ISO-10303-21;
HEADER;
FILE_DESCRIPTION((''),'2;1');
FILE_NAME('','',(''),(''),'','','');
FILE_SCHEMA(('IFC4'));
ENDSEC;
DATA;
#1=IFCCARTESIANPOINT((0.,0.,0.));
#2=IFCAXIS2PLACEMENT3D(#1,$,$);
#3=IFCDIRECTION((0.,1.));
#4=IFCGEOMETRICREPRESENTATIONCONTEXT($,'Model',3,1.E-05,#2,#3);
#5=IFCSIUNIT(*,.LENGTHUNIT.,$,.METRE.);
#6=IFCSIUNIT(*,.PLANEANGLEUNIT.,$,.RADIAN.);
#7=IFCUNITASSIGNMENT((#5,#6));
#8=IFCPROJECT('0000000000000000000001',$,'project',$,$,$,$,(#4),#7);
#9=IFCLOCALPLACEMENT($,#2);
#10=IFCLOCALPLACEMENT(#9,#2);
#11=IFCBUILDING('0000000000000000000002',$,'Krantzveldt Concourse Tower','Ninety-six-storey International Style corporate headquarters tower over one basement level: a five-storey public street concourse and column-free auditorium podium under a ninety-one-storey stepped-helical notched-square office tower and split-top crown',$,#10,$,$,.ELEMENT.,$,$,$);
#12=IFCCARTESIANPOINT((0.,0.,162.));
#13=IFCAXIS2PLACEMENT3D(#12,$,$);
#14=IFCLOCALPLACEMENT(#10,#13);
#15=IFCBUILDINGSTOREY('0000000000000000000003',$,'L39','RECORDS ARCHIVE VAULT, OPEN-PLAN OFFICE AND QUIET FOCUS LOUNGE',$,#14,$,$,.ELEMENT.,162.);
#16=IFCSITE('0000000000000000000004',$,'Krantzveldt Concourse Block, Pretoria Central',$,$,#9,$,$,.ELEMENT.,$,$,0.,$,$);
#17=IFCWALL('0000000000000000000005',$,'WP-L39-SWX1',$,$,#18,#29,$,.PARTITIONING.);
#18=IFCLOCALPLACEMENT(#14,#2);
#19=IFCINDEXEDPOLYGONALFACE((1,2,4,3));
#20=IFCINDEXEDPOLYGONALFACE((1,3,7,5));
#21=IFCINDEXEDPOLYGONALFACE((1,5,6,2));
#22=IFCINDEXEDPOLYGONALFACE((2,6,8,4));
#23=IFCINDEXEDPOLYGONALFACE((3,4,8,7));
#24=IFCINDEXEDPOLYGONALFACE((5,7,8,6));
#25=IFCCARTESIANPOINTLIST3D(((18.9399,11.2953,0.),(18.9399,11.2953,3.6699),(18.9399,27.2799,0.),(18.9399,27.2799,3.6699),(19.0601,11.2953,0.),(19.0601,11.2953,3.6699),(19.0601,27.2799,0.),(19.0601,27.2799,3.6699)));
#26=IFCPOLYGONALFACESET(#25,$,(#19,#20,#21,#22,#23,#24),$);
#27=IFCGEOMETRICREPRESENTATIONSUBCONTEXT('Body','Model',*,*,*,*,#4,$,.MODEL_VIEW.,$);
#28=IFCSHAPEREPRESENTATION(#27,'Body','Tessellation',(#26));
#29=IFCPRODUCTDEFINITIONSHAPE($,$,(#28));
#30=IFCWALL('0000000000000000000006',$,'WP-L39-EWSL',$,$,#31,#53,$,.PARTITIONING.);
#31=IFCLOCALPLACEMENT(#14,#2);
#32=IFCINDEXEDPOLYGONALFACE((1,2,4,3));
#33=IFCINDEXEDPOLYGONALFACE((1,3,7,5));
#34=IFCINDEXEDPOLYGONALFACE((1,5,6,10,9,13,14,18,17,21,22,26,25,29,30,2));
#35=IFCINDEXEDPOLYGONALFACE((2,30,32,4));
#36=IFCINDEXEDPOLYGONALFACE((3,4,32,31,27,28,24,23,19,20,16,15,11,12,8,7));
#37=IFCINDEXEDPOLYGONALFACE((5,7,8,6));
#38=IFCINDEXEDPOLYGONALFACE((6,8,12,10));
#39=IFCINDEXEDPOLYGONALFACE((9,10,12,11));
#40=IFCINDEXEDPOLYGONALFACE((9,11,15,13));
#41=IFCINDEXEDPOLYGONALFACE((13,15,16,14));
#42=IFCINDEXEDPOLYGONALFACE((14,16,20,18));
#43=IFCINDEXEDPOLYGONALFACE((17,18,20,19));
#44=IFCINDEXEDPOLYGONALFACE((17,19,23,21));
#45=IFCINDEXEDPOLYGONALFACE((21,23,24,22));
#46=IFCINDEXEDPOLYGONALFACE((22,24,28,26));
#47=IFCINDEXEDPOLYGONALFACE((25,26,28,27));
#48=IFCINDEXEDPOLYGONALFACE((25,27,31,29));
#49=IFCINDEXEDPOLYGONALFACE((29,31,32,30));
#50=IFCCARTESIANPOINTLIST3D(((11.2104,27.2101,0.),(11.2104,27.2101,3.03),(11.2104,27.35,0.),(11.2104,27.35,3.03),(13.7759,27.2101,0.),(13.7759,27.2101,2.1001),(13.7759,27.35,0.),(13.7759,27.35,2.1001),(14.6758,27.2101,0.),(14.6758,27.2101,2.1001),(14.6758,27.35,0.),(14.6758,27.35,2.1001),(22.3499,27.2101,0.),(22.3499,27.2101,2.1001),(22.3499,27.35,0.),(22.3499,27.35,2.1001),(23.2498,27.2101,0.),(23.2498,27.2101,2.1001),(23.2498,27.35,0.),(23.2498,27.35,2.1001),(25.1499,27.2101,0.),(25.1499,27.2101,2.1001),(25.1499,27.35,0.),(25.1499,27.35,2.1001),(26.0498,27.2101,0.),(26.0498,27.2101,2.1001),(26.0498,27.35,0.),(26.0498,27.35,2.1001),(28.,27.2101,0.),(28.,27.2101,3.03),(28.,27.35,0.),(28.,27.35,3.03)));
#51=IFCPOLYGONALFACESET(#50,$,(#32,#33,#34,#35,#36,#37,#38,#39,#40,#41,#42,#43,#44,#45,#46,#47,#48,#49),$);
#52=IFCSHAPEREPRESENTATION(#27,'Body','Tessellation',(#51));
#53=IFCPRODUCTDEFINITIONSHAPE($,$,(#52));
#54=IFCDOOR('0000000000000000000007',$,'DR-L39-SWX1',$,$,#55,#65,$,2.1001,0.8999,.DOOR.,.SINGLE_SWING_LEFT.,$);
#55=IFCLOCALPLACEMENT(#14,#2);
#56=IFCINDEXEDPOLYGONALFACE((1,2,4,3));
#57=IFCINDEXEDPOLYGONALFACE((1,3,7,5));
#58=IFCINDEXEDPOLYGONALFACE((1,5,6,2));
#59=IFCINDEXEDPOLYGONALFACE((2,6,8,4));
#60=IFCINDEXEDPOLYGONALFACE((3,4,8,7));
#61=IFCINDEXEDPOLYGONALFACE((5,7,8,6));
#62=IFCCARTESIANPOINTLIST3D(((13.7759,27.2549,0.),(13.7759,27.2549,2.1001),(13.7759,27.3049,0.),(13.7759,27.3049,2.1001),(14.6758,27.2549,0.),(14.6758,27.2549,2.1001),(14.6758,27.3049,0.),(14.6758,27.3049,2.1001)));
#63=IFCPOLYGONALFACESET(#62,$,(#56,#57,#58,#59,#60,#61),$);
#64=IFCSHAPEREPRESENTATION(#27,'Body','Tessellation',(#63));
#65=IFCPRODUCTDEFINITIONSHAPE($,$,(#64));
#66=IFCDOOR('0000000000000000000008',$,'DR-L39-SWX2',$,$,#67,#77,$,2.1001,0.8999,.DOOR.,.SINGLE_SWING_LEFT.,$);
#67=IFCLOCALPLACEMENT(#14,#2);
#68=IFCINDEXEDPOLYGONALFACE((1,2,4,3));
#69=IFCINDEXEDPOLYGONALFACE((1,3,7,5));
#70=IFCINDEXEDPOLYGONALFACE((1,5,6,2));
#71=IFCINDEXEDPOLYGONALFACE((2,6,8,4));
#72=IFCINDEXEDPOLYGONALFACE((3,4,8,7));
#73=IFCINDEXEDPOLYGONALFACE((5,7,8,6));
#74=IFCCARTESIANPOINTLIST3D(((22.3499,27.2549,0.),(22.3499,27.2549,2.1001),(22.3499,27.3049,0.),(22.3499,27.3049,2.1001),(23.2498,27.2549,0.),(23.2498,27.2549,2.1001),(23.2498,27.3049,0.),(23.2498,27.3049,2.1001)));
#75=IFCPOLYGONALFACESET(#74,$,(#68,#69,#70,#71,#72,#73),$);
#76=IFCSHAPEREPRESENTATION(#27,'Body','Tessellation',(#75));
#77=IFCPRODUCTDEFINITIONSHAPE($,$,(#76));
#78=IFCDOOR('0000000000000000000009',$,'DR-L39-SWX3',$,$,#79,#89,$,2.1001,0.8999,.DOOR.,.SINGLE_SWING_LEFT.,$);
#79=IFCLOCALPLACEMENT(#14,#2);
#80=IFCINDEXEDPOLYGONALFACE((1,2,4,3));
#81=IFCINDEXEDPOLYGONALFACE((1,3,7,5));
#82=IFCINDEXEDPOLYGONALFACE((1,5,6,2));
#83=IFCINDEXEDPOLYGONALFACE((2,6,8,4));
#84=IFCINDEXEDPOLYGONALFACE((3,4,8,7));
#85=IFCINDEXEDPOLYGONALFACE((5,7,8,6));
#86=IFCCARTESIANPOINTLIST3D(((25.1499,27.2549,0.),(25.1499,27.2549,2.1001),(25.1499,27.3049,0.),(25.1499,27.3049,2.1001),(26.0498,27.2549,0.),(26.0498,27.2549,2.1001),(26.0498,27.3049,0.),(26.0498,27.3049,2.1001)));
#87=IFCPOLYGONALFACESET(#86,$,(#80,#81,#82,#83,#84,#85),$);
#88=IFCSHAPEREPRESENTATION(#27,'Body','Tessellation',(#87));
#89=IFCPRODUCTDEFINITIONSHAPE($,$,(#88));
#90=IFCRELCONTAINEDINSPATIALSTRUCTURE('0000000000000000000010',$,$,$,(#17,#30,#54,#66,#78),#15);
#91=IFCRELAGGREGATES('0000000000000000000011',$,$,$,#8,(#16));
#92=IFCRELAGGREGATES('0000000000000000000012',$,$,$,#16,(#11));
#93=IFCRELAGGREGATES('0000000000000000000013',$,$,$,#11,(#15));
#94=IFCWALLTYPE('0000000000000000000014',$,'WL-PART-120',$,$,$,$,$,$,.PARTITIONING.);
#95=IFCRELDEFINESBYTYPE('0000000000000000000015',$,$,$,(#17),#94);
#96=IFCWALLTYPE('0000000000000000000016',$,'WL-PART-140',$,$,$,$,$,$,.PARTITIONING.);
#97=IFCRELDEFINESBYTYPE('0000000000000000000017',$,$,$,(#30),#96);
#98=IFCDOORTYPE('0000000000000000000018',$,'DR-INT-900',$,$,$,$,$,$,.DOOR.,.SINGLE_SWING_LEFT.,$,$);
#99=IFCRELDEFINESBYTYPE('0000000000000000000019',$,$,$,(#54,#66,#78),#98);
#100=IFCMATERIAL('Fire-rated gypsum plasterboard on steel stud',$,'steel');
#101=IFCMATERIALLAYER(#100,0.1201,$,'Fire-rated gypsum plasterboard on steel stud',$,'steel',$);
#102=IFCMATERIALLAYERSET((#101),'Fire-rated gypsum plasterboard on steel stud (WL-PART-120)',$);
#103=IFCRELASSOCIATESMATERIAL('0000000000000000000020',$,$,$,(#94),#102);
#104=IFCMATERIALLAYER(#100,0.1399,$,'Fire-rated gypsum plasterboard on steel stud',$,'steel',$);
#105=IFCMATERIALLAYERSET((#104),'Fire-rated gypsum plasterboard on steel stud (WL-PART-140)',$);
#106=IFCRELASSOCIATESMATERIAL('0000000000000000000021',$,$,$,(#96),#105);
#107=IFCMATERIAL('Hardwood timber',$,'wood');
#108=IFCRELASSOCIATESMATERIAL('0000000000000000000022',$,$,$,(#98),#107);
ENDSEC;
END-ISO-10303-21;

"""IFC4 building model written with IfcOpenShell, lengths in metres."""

from ifc_helpers import new_model, si_unit, direction, frame, frame_2d, origin, place, context, subcontext, project, spatial, rectangle, extrude, material, layer, layer_set, type_object, element, fill, save


model = new_model("IFC4")

# Units and contexts
model_context = context("Model", 3, precision=1e-05, world=origin(), true_north=direction((0.0, 1.0)))
body_context = subcontext(model_context, "Body", "Model", "MODEL_VIEW")
ifc_project = project(units=[si_unit("LENGTHUNIT", "METRE"), si_unit("PLANEANGLEUNIT", "RADIAN")], contexts=[model_context])

# Site, building, storey
site_placement = place(None, origin())
site = spatial("IfcSite", under=ifc_project, at=site_placement, Name="Krantzveldt Concourse Block, Pretoria Central", CompositionType="ELEMENT", RefElevation=0.0)
building_placement = place(site_placement, origin())
building = spatial("IfcBuilding", under=site, at=building_placement, Name="Krantzveldt Concourse Tower", Description="Ninety-six-storey International Style corporate headquarters tower over one basement level: a five-storey public street concourse and column-free auditorium podium under a ninety-one-storey stepped-helical notched-square office tower and split-top crown", CompositionType="ELEMENT")
storey_placement = place(building_placement, frame((0.0, 0.0, 162.0)))
storey = spatial("IfcBuildingStorey", under=building, at=storey_placement, Name="L39", Description="RECORDS ARCHIVE VAULT, OPEN-PLAN OFFICE AND QUIET FOCUS LOUNGE", CompositionType="ELEMENT", Elevation=162.0)

# Wall
ifc_material_1 = material(Name="Fire-rated gypsum plasterboard on steel stud", Category="steel")
ifc_layer_1 = layer(ifc_material_1, 0.1201, Name="Fire-rated gypsum plasterboard on steel stud", Category="steel")
ifc_layer_set_1 = layer_set([ifc_layer_1], Name="Fire-rated gypsum plasterboard on steel stud (WL-PART-120)")
wall_type_1 = type_object("IfcWallType", Name="WL-PART-120", PredefinedType="PARTITIONING", material=ifc_layer_set_1)
wall_1_placement = place(storey_placement, frame((19.0, 11.2954, 0.0), z_axis=(0.0, 0.0, 1.0), x_axis=(0.0, 1.0, 0.0)))
element("IfcWall", 1, at=wall_1_placement, inside=storey, type_object=wall_type_1, Name="WP-L39-SWX1", PredefinedType="PARTITIONING", context=body_context, shape_type="SweptSolid", body=[
    extrude(rectangle(XDim=15.9846, YDim=0.1201, at=frame_2d((7.9922, 0.0))), origin(), (0.0, 0.0, 1.0), 3.6699),
])

# Wall, openings, doors
ifc_layer_2 = layer(ifc_material_1, 0.1399, Name="Fire-rated gypsum plasterboard on steel stud", Category="steel")
ifc_layer_set_2 = layer_set([ifc_layer_2], Name="Fire-rated gypsum plasterboard on steel stud (WL-PART-140)")
wall_type_2 = type_object("IfcWallType", Name="WL-PART-140", PredefinedType="PARTITIONING", material=ifc_layer_set_2)
wall_2_placement = place(storey_placement, frame((11.2104, 27.28, 0.0), z_axis=(0.0, 0.0, 1.0), x_axis=(1.0, 0.0, 0.0)))
wall_2 = element("IfcWall", 2, at=wall_2_placement, inside=storey, type_object=wall_type_2, Name="WP-L39-EWSL", PredefinedType="PARTITIONING", context=body_context, shape_type="SweptSolid", body=[
    extrude(rectangle(XDim=16.7896, YDim=0.1399, at=frame_2d((8.3948, 0.0))), origin(), (0.0, 0.0, 1.0), 3.03),
])
opening_1_placement = place(wall_2_placement, frame((2.5654, 0.0, 0.0)))
opening_1 = element("IfcOpeningElement", 3, at=opening_1_placement, cuts=wall_2, PredefinedType="OPENING", context=body_context, shape_type="SweptSolid", body=[
    extrude(rectangle(XDim=0.8999, YDim=2.1001, at=frame_2d((0.45, 1.05))), frame((0.0, 0.0801, 0.0), z_axis=(0.0, -1.0, 0.0), x_axis=(1.0, 0.0, 0.0)), (0.0, 0.0, 1.0), 0.1599),
])
opening_2_placement = place(wall_2_placement, frame((11.1394, 0.0, 0.0)))
opening_2 = element("IfcOpeningElement", 4, at=opening_2_placement, cuts=wall_2, PredefinedType="OPENING", context=body_context, shape_type="SweptSolid", body=[
    extrude(rectangle(XDim=0.8999, YDim=2.1001, at=frame_2d((0.45, 1.05))), frame((0.0, 0.0801, 0.0), z_axis=(0.0, -1.0, 0.0), x_axis=(1.0, 0.0, 0.0)), (0.0, 0.0, 1.0), 0.1599),
])
opening_3_placement = place(wall_2_placement, frame((13.9395, 0.0, 0.0)))
opening_3 = element("IfcOpeningElement", 5, at=opening_3_placement, cuts=wall_2, PredefinedType="OPENING", context=body_context, shape_type="SweptSolid", body=[
    extrude(rectangle(XDim=0.8999, YDim=2.1001, at=frame_2d((0.45, 1.05))), frame((0.0, 0.0801, 0.0), z_axis=(0.0, -1.0, 0.0), x_axis=(1.0, 0.0, 0.0)), (0.0, 0.0, 1.0), 0.1599),
])
ifc_material_2 = material(Name="Hardwood timber", Category="wood")
door_type = type_object("IfcDoorType", Name="DR-INT-900", OperationType="SINGLE_SWING_LEFT", PredefinedType="DOOR", material=ifc_material_2)
door_1_placement = place(opening_1_placement, origin())
door_1 = element("IfcDoor", 6, at=door_1_placement, inside=storey, type_object=door_type, Name="DR-L39-SWX1", OperationType="SINGLE_SWING_LEFT", OverallHeight=2.1001, OverallWidth=0.8999, PredefinedType="DOOR", context=body_context, shape_type="SweptSolid", body=[
    extrude(rectangle(XDim=0.8999, YDim=2.1001, at=frame_2d((0.45, 1.05))), frame((0.0, 0.0249, 0.0), z_axis=(0.0, -1.0, 0.0), x_axis=(1.0, 0.0, 0.0)), (0.0, 0.0, 1.0), 0.05),
])
fill(opening_1, door_1)
door_2_placement = place(opening_2_placement, origin())
door_2 = element("IfcDoor", 7, at=door_2_placement, inside=storey, type_object=door_type, Name="DR-L39-SWX2", OperationType="SINGLE_SWING_LEFT", OverallHeight=2.1001, OverallWidth=0.8999, PredefinedType="DOOR", context=body_context, shape_type="SweptSolid", body=[
    extrude(rectangle(XDim=0.8999, YDim=2.1001, at=frame_2d((0.45, 1.05))), frame((0.0, 0.0249, 0.0), z_axis=(0.0, -1.0, 0.0), x_axis=(1.0, 0.0, 0.0)), (0.0, 0.0, 1.0), 0.05),
])
fill(opening_2, door_2)
door_3_placement = place(opening_3_placement, origin())
door_3 = element("IfcDoor", 8, at=door_3_placement, inside=storey, type_object=door_type, Name="DR-L39-SWX3", OperationType="SINGLE_SWING_LEFT", OverallHeight=2.1001, OverallWidth=0.8999, PredefinedType="DOOR", context=body_context, shape_type="SweptSolid", body=[
    extrude(rectangle(XDim=0.8999, YDim=2.1001, at=frame_2d((0.45, 1.05))), frame((0.0, 0.0249, 0.0), z_axis=(0.0, -1.0, 0.0), x_axis=(1.0, 0.0, 0.0)), (0.0, 0.0, 1.0), 0.05),
])
fill(opening_3, door_3)

save(model, "model.ifc")
